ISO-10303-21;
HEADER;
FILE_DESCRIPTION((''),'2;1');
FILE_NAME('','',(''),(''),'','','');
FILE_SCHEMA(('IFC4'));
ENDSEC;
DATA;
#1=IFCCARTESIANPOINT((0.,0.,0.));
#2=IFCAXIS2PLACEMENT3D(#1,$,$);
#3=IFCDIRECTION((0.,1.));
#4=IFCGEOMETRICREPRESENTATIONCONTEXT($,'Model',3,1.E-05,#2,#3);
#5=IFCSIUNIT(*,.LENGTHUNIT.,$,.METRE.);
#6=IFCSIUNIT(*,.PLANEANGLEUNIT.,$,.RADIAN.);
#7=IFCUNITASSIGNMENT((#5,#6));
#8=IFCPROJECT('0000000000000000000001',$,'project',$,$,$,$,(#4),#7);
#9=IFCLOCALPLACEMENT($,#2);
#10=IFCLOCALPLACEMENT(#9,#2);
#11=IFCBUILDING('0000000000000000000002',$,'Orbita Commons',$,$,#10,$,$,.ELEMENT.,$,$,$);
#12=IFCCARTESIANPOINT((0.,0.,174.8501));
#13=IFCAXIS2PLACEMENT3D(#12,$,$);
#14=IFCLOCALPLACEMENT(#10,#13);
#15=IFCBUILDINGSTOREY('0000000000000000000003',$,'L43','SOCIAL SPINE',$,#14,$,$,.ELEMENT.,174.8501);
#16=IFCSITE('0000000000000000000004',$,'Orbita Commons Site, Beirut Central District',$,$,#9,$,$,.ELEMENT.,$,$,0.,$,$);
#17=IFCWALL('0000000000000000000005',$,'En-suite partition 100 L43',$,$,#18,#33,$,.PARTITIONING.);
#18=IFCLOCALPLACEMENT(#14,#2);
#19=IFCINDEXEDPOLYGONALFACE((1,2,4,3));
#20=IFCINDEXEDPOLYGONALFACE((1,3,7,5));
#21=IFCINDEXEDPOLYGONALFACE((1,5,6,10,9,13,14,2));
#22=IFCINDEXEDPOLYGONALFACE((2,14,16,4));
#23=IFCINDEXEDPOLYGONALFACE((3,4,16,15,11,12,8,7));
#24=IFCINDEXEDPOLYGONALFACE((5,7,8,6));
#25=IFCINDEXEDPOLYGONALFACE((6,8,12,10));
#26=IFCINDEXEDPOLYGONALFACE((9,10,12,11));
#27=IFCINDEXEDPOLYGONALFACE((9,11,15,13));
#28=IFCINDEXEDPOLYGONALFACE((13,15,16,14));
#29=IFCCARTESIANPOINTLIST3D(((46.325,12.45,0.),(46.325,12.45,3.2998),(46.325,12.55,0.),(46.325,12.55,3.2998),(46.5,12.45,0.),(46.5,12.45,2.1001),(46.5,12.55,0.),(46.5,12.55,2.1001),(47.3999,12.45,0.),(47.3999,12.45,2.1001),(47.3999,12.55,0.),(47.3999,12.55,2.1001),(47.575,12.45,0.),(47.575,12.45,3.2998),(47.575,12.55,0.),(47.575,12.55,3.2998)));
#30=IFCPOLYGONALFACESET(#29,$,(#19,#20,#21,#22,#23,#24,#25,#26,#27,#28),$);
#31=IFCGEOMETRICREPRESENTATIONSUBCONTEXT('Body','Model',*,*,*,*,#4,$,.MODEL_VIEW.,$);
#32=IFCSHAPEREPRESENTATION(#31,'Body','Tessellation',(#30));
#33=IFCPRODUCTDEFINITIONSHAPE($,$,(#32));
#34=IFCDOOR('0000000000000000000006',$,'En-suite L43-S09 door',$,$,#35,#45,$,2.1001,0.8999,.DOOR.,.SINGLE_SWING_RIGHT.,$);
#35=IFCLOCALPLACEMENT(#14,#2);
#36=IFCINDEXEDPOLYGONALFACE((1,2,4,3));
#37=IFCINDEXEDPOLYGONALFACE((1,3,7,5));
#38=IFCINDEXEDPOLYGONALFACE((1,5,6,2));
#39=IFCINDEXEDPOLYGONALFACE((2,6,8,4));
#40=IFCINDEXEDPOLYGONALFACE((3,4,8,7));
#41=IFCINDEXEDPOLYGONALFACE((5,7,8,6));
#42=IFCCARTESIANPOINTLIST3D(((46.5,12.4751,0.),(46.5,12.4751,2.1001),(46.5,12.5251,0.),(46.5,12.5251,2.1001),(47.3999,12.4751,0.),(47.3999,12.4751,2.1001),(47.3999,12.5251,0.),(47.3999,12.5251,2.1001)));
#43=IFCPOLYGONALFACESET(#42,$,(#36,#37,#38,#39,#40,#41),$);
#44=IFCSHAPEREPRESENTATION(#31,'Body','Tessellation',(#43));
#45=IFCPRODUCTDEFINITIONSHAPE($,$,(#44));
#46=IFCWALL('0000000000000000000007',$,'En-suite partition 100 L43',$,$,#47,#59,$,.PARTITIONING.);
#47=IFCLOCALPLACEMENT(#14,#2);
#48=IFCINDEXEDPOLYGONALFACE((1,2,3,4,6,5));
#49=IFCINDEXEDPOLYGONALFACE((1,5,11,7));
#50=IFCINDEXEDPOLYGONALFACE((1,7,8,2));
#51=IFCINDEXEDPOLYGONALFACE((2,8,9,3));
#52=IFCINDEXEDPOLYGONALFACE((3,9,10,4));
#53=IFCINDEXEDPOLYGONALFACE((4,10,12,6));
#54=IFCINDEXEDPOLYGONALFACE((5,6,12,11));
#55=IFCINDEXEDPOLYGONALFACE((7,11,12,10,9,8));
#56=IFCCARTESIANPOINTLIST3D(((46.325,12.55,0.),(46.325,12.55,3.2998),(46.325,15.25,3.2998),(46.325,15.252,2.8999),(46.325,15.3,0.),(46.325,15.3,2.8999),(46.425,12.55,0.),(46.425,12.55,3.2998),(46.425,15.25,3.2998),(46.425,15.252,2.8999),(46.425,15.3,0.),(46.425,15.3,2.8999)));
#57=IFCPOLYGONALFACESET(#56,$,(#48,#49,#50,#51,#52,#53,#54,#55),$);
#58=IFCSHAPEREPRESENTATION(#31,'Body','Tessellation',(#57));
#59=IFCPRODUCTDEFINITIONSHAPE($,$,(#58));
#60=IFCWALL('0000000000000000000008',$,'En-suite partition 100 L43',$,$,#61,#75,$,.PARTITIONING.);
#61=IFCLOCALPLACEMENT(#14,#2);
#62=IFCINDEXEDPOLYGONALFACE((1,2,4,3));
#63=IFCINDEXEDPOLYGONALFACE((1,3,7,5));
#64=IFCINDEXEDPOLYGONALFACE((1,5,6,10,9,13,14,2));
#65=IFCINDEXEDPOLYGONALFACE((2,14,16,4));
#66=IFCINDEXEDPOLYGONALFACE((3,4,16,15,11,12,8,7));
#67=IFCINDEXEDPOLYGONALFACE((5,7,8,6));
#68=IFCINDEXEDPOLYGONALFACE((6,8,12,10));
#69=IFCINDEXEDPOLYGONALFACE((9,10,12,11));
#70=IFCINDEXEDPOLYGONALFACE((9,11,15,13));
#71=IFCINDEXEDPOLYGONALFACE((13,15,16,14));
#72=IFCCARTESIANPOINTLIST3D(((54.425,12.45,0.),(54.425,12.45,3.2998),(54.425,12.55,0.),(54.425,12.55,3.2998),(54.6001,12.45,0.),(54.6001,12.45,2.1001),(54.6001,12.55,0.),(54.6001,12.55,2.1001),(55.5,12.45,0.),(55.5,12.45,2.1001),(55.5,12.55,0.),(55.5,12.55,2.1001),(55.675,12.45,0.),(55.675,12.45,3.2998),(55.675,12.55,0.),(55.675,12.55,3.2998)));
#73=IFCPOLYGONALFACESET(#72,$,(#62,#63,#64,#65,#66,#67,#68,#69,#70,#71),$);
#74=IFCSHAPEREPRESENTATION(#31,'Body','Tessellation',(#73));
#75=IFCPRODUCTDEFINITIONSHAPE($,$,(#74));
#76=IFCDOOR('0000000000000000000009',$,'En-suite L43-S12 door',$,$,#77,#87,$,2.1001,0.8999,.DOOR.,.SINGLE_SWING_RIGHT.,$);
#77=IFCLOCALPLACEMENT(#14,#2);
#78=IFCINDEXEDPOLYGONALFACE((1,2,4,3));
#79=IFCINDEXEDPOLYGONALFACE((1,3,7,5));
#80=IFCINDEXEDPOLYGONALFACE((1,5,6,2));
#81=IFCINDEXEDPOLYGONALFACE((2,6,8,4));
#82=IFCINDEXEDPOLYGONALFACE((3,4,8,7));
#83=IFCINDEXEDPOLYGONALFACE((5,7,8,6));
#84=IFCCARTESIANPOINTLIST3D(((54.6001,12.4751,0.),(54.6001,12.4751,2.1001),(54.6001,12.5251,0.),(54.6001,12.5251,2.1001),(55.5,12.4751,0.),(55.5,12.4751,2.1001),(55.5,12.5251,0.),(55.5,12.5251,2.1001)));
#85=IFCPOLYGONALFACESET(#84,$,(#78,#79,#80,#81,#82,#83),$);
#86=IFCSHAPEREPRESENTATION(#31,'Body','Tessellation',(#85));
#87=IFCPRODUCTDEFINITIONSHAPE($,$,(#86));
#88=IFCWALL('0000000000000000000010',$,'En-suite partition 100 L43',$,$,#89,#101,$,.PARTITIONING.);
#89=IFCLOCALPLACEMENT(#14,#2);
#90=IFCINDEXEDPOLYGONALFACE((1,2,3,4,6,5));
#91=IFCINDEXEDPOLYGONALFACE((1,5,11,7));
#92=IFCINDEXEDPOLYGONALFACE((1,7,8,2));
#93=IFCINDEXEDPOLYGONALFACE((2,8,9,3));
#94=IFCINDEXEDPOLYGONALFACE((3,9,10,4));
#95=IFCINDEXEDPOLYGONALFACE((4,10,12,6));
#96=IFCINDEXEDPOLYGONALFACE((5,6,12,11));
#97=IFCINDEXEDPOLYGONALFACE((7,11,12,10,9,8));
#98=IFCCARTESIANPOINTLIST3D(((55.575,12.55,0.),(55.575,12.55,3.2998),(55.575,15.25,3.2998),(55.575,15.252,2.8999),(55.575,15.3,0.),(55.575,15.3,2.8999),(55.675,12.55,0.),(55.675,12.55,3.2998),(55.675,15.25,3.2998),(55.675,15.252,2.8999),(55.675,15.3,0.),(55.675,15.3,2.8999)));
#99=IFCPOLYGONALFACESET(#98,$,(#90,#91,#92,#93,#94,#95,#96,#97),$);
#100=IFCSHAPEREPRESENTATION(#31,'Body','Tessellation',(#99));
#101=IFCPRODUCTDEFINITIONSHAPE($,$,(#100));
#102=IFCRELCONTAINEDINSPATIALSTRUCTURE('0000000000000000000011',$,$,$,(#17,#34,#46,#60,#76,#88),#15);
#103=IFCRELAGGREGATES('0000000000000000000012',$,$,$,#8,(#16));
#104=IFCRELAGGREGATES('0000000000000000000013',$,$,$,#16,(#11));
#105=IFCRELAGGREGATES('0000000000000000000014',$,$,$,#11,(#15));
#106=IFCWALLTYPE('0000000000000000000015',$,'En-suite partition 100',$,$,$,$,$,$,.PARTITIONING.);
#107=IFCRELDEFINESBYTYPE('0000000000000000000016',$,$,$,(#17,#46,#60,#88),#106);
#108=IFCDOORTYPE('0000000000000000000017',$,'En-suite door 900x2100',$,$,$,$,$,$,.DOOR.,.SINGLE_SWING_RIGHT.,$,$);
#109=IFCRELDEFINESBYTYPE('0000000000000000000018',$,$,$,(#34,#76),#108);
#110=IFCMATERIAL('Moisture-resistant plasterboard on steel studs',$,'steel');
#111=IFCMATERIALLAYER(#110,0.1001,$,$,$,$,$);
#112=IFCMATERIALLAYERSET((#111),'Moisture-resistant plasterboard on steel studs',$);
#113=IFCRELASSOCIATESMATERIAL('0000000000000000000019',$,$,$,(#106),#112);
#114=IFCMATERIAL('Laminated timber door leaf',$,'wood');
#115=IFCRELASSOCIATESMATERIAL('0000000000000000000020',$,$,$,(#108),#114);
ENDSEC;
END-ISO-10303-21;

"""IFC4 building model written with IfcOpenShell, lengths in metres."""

from ifc_helpers import new_model, si_unit, direction, frame, frame_2d, origin, place, context, subcontext, project, spatial, polyline, rectangle, outline, extrude, material, layer, layer_set, type_object, element, fill, save


model = new_model("IFC4")

# Units and contexts
model_context = context("Model", 3, precision=1e-05, world=origin(), true_north=direction((0.0, 1.0)))
body_context = subcontext(model_context, "Body", "Model", "MODEL_VIEW")
ifc_project = project(units=[si_unit("LENGTHUNIT", "METRE"), si_unit("PLANEANGLEUNIT", "RADIAN")], contexts=[model_context])

# Site, building, storey
site_placement = place(None, origin())
site = spatial("IfcSite", under=ifc_project, at=site_placement, Name="Orbita Commons Site, Beirut Central District", CompositionType="ELEMENT", RefElevation=0.0)
building_placement = place(site_placement, origin())
building = spatial("IfcBuilding", under=site, at=building_placement, Name="Orbita Commons", CompositionType="ELEMENT")
storey_placement = place(building_placement, frame((0.0, 0.0, 174.8501)))
storey = spatial("IfcBuildingStorey", under=building, at=storey_placement, Name="L43", Description="SOCIAL SPINE", CompositionType="ELEMENT", Elevation=174.8501)

# Shared definitions
ifc_material_1 = material(Name="Moisture-resistant plasterboard on steel studs", Category="steel")
ifc_layer = layer(ifc_material_1, 0.1001)
ifc_layer_set = layer_set([ifc_layer], Name="Moisture-resistant plasterboard on steel studs")
wall_type = type_object("IfcWallType", Name="En-suite partition 100", PredefinedType="PARTITIONING", material=ifc_layer_set)
ifc_material_2 = material(Name="Laminated timber door leaf", Category="wood")
door_type = type_object("IfcDoorType", Name="En-suite door 900x2100", OperationType="SINGLE_SWING_RIGHT", PredefinedType="DOOR", material=ifc_material_2)

# Wall, opening, door
wall_1_placement = place(storey_placement, frame((47.575, 12.5, 0.0), z_axis=(0.0, 0.0, 1.0), x_axis=(-1.0, 0.0, 0.0)))
wall_1 = element("IfcWall", 1, at=wall_1_placement, inside=storey, type_object=wall_type, Name="En-suite partition 100 L43", PredefinedType="PARTITIONING", context=body_context, shape_type="SweptSolid", body=[
    extrude(rectangle(XDim=1.25, YDim=0.1001, at=frame_2d((0.625, 0.0))), origin(), (0.0, 0.0, 1.0), 3.2998),
])
opening_1_placement = place(wall_1_placement, frame((0.175, 0.0, 0.0)))
opening_1 = element("IfcOpeningElement", 2, at=opening_1_placement, cuts=wall_1, PredefinedType="OPENING", context=body_context, shape_type="SweptSolid", body=[
    extrude(rectangle(XDim=0.8999, YDim=2.1001, at=frame_2d((0.45, 1.05))), frame((0.0, 0.0601, 0.0), z_axis=(0.0, -1.0, 0.0), x_axis=(1.0, 0.0, 0.0)), (0.0, 0.0, 1.0), 0.1201),
])
door_1_placement = place(opening_1_placement, origin())
door_1 = element("IfcDoor", 3, at=door_1_placement, inside=storey, type_object=door_type, Name="En-suite L43-S09 door", OperationType="SINGLE_SWING_RIGHT", OverallHeight=2.1001, OverallWidth=0.8999, PredefinedType="DOOR", context=body_context, shape_type="SweptSolid", body=[
    extrude(rectangle(XDim=0.8999, YDim=2.1001, at=frame_2d((0.45, 1.05))), frame((0.0, 0.0249, 0.0), z_axis=(0.0, -1.0, 0.0), x_axis=(1.0, 0.0, 0.0)), (0.0, 0.0, 1.0), 0.05),
])
fill(opening_1, door_1)

# Wall
wall_2_placement = place(storey_placement, frame((46.375, 12.55, 0.0), z_axis=(0.0, 0.0, 1.0), x_axis=(0.0, 1.0, 0.0)))
element("IfcWall", 4, at=wall_2_placement, inside=storey, type_object=wall_type, Name="En-suite partition 100 L43", PredefinedType="PARTITIONING", context=body_context, shape_type="SweptSolid", body=[
    extrude(outline(polyline([(0.0, 0.0), (2.75, 0.0), (2.75, 2.8999), (2.7019, 2.8999), (2.7, 3.2998), (0.0, 3.2998), (0.0, 0.0)])), frame((0.0, 0.05, 0.0), z_axis=(0.0, -1.0, 0.0), x_axis=(1.0, 0.0, 0.0)), (0.0, 0.0, 1.0), 0.1001),
])

# Wall, opening, door
wall_3_placement = place(storey_placement, frame((55.675, 12.5, 0.0), z_axis=(0.0, 0.0, 1.0), x_axis=(-1.0, 0.0, 0.0)))
wall_3 = element("IfcWall", 5, at=wall_3_placement, inside=storey, type_object=wall_type, Name="En-suite partition 100 L43", PredefinedType="PARTITIONING", context=body_context, shape_type="SweptSolid", body=[
    extrude(rectangle(XDim=1.25, YDim=0.1001, at=frame_2d((0.625, 0.0))), origin(), (0.0, 0.0, 1.0), 3.2998),
])
opening_2_placement = place(wall_3_placement, frame((0.175, 0.0, 0.0)))
opening_2 = element("IfcOpeningElement", 6, at=opening_2_placement, cuts=wall_3, PredefinedType="OPENING", context=body_context, shape_type="SweptSolid", body=[
    extrude(rectangle(XDim=0.8999, YDim=2.1001, at=frame_2d((0.45, 1.05))), frame((0.0, 0.0601, 0.0), z_axis=(0.0, -1.0, 0.0), x_axis=(1.0, 0.0, 0.0)), (0.0, 0.0, 1.0), 0.1201),
])
door_2_placement = place(opening_2_placement, origin())
door_2 = element("IfcDoor", 7, at=door_2_placement, inside=storey, type_object=door_type, Name="En-suite L43-S12 door", OperationType="SINGLE_SWING_RIGHT", OverallHeight=2.1001, OverallWidth=0.8999, PredefinedType="DOOR", context=body_context, shape_type="SweptSolid", body=[
    extrude(rectangle(XDim=0.8999, YDim=2.1001, at=frame_2d((0.45, 1.05))), frame((0.0, 0.0249, 0.0), z_axis=(0.0, -1.0, 0.0), x_axis=(1.0, 0.0, 0.0)), (0.0, 0.0, 1.0), 0.05),
])
fill(opening_2, door_2)

# Wall
wall_4_placement = place(storey_placement, frame((55.625, 12.55, 0.0), z_axis=(0.0, 0.0, 1.0), x_axis=(0.0, 1.0, 0.0)))
element("IfcWall", 8, at=wall_4_placement, inside=storey, type_object=wall_type, Name="En-suite partition 100 L43", PredefinedType="PARTITIONING", context=body_context, shape_type="SweptSolid", body=[
    extrude(outline(polyline([(0.0, 0.0), (2.75, 0.0), (2.75, 2.8999), (2.7019, 2.8999), (2.7, 3.2998), (0.0, 3.2998), (0.0, 0.0)])), frame((0.0, 0.05, 0.0), z_axis=(0.0, -1.0, 0.0), x_axis=(1.0, 0.0, 0.0)), (0.0, 0.0, 1.0), 0.1001),
])

save(model, "model.ifc")
